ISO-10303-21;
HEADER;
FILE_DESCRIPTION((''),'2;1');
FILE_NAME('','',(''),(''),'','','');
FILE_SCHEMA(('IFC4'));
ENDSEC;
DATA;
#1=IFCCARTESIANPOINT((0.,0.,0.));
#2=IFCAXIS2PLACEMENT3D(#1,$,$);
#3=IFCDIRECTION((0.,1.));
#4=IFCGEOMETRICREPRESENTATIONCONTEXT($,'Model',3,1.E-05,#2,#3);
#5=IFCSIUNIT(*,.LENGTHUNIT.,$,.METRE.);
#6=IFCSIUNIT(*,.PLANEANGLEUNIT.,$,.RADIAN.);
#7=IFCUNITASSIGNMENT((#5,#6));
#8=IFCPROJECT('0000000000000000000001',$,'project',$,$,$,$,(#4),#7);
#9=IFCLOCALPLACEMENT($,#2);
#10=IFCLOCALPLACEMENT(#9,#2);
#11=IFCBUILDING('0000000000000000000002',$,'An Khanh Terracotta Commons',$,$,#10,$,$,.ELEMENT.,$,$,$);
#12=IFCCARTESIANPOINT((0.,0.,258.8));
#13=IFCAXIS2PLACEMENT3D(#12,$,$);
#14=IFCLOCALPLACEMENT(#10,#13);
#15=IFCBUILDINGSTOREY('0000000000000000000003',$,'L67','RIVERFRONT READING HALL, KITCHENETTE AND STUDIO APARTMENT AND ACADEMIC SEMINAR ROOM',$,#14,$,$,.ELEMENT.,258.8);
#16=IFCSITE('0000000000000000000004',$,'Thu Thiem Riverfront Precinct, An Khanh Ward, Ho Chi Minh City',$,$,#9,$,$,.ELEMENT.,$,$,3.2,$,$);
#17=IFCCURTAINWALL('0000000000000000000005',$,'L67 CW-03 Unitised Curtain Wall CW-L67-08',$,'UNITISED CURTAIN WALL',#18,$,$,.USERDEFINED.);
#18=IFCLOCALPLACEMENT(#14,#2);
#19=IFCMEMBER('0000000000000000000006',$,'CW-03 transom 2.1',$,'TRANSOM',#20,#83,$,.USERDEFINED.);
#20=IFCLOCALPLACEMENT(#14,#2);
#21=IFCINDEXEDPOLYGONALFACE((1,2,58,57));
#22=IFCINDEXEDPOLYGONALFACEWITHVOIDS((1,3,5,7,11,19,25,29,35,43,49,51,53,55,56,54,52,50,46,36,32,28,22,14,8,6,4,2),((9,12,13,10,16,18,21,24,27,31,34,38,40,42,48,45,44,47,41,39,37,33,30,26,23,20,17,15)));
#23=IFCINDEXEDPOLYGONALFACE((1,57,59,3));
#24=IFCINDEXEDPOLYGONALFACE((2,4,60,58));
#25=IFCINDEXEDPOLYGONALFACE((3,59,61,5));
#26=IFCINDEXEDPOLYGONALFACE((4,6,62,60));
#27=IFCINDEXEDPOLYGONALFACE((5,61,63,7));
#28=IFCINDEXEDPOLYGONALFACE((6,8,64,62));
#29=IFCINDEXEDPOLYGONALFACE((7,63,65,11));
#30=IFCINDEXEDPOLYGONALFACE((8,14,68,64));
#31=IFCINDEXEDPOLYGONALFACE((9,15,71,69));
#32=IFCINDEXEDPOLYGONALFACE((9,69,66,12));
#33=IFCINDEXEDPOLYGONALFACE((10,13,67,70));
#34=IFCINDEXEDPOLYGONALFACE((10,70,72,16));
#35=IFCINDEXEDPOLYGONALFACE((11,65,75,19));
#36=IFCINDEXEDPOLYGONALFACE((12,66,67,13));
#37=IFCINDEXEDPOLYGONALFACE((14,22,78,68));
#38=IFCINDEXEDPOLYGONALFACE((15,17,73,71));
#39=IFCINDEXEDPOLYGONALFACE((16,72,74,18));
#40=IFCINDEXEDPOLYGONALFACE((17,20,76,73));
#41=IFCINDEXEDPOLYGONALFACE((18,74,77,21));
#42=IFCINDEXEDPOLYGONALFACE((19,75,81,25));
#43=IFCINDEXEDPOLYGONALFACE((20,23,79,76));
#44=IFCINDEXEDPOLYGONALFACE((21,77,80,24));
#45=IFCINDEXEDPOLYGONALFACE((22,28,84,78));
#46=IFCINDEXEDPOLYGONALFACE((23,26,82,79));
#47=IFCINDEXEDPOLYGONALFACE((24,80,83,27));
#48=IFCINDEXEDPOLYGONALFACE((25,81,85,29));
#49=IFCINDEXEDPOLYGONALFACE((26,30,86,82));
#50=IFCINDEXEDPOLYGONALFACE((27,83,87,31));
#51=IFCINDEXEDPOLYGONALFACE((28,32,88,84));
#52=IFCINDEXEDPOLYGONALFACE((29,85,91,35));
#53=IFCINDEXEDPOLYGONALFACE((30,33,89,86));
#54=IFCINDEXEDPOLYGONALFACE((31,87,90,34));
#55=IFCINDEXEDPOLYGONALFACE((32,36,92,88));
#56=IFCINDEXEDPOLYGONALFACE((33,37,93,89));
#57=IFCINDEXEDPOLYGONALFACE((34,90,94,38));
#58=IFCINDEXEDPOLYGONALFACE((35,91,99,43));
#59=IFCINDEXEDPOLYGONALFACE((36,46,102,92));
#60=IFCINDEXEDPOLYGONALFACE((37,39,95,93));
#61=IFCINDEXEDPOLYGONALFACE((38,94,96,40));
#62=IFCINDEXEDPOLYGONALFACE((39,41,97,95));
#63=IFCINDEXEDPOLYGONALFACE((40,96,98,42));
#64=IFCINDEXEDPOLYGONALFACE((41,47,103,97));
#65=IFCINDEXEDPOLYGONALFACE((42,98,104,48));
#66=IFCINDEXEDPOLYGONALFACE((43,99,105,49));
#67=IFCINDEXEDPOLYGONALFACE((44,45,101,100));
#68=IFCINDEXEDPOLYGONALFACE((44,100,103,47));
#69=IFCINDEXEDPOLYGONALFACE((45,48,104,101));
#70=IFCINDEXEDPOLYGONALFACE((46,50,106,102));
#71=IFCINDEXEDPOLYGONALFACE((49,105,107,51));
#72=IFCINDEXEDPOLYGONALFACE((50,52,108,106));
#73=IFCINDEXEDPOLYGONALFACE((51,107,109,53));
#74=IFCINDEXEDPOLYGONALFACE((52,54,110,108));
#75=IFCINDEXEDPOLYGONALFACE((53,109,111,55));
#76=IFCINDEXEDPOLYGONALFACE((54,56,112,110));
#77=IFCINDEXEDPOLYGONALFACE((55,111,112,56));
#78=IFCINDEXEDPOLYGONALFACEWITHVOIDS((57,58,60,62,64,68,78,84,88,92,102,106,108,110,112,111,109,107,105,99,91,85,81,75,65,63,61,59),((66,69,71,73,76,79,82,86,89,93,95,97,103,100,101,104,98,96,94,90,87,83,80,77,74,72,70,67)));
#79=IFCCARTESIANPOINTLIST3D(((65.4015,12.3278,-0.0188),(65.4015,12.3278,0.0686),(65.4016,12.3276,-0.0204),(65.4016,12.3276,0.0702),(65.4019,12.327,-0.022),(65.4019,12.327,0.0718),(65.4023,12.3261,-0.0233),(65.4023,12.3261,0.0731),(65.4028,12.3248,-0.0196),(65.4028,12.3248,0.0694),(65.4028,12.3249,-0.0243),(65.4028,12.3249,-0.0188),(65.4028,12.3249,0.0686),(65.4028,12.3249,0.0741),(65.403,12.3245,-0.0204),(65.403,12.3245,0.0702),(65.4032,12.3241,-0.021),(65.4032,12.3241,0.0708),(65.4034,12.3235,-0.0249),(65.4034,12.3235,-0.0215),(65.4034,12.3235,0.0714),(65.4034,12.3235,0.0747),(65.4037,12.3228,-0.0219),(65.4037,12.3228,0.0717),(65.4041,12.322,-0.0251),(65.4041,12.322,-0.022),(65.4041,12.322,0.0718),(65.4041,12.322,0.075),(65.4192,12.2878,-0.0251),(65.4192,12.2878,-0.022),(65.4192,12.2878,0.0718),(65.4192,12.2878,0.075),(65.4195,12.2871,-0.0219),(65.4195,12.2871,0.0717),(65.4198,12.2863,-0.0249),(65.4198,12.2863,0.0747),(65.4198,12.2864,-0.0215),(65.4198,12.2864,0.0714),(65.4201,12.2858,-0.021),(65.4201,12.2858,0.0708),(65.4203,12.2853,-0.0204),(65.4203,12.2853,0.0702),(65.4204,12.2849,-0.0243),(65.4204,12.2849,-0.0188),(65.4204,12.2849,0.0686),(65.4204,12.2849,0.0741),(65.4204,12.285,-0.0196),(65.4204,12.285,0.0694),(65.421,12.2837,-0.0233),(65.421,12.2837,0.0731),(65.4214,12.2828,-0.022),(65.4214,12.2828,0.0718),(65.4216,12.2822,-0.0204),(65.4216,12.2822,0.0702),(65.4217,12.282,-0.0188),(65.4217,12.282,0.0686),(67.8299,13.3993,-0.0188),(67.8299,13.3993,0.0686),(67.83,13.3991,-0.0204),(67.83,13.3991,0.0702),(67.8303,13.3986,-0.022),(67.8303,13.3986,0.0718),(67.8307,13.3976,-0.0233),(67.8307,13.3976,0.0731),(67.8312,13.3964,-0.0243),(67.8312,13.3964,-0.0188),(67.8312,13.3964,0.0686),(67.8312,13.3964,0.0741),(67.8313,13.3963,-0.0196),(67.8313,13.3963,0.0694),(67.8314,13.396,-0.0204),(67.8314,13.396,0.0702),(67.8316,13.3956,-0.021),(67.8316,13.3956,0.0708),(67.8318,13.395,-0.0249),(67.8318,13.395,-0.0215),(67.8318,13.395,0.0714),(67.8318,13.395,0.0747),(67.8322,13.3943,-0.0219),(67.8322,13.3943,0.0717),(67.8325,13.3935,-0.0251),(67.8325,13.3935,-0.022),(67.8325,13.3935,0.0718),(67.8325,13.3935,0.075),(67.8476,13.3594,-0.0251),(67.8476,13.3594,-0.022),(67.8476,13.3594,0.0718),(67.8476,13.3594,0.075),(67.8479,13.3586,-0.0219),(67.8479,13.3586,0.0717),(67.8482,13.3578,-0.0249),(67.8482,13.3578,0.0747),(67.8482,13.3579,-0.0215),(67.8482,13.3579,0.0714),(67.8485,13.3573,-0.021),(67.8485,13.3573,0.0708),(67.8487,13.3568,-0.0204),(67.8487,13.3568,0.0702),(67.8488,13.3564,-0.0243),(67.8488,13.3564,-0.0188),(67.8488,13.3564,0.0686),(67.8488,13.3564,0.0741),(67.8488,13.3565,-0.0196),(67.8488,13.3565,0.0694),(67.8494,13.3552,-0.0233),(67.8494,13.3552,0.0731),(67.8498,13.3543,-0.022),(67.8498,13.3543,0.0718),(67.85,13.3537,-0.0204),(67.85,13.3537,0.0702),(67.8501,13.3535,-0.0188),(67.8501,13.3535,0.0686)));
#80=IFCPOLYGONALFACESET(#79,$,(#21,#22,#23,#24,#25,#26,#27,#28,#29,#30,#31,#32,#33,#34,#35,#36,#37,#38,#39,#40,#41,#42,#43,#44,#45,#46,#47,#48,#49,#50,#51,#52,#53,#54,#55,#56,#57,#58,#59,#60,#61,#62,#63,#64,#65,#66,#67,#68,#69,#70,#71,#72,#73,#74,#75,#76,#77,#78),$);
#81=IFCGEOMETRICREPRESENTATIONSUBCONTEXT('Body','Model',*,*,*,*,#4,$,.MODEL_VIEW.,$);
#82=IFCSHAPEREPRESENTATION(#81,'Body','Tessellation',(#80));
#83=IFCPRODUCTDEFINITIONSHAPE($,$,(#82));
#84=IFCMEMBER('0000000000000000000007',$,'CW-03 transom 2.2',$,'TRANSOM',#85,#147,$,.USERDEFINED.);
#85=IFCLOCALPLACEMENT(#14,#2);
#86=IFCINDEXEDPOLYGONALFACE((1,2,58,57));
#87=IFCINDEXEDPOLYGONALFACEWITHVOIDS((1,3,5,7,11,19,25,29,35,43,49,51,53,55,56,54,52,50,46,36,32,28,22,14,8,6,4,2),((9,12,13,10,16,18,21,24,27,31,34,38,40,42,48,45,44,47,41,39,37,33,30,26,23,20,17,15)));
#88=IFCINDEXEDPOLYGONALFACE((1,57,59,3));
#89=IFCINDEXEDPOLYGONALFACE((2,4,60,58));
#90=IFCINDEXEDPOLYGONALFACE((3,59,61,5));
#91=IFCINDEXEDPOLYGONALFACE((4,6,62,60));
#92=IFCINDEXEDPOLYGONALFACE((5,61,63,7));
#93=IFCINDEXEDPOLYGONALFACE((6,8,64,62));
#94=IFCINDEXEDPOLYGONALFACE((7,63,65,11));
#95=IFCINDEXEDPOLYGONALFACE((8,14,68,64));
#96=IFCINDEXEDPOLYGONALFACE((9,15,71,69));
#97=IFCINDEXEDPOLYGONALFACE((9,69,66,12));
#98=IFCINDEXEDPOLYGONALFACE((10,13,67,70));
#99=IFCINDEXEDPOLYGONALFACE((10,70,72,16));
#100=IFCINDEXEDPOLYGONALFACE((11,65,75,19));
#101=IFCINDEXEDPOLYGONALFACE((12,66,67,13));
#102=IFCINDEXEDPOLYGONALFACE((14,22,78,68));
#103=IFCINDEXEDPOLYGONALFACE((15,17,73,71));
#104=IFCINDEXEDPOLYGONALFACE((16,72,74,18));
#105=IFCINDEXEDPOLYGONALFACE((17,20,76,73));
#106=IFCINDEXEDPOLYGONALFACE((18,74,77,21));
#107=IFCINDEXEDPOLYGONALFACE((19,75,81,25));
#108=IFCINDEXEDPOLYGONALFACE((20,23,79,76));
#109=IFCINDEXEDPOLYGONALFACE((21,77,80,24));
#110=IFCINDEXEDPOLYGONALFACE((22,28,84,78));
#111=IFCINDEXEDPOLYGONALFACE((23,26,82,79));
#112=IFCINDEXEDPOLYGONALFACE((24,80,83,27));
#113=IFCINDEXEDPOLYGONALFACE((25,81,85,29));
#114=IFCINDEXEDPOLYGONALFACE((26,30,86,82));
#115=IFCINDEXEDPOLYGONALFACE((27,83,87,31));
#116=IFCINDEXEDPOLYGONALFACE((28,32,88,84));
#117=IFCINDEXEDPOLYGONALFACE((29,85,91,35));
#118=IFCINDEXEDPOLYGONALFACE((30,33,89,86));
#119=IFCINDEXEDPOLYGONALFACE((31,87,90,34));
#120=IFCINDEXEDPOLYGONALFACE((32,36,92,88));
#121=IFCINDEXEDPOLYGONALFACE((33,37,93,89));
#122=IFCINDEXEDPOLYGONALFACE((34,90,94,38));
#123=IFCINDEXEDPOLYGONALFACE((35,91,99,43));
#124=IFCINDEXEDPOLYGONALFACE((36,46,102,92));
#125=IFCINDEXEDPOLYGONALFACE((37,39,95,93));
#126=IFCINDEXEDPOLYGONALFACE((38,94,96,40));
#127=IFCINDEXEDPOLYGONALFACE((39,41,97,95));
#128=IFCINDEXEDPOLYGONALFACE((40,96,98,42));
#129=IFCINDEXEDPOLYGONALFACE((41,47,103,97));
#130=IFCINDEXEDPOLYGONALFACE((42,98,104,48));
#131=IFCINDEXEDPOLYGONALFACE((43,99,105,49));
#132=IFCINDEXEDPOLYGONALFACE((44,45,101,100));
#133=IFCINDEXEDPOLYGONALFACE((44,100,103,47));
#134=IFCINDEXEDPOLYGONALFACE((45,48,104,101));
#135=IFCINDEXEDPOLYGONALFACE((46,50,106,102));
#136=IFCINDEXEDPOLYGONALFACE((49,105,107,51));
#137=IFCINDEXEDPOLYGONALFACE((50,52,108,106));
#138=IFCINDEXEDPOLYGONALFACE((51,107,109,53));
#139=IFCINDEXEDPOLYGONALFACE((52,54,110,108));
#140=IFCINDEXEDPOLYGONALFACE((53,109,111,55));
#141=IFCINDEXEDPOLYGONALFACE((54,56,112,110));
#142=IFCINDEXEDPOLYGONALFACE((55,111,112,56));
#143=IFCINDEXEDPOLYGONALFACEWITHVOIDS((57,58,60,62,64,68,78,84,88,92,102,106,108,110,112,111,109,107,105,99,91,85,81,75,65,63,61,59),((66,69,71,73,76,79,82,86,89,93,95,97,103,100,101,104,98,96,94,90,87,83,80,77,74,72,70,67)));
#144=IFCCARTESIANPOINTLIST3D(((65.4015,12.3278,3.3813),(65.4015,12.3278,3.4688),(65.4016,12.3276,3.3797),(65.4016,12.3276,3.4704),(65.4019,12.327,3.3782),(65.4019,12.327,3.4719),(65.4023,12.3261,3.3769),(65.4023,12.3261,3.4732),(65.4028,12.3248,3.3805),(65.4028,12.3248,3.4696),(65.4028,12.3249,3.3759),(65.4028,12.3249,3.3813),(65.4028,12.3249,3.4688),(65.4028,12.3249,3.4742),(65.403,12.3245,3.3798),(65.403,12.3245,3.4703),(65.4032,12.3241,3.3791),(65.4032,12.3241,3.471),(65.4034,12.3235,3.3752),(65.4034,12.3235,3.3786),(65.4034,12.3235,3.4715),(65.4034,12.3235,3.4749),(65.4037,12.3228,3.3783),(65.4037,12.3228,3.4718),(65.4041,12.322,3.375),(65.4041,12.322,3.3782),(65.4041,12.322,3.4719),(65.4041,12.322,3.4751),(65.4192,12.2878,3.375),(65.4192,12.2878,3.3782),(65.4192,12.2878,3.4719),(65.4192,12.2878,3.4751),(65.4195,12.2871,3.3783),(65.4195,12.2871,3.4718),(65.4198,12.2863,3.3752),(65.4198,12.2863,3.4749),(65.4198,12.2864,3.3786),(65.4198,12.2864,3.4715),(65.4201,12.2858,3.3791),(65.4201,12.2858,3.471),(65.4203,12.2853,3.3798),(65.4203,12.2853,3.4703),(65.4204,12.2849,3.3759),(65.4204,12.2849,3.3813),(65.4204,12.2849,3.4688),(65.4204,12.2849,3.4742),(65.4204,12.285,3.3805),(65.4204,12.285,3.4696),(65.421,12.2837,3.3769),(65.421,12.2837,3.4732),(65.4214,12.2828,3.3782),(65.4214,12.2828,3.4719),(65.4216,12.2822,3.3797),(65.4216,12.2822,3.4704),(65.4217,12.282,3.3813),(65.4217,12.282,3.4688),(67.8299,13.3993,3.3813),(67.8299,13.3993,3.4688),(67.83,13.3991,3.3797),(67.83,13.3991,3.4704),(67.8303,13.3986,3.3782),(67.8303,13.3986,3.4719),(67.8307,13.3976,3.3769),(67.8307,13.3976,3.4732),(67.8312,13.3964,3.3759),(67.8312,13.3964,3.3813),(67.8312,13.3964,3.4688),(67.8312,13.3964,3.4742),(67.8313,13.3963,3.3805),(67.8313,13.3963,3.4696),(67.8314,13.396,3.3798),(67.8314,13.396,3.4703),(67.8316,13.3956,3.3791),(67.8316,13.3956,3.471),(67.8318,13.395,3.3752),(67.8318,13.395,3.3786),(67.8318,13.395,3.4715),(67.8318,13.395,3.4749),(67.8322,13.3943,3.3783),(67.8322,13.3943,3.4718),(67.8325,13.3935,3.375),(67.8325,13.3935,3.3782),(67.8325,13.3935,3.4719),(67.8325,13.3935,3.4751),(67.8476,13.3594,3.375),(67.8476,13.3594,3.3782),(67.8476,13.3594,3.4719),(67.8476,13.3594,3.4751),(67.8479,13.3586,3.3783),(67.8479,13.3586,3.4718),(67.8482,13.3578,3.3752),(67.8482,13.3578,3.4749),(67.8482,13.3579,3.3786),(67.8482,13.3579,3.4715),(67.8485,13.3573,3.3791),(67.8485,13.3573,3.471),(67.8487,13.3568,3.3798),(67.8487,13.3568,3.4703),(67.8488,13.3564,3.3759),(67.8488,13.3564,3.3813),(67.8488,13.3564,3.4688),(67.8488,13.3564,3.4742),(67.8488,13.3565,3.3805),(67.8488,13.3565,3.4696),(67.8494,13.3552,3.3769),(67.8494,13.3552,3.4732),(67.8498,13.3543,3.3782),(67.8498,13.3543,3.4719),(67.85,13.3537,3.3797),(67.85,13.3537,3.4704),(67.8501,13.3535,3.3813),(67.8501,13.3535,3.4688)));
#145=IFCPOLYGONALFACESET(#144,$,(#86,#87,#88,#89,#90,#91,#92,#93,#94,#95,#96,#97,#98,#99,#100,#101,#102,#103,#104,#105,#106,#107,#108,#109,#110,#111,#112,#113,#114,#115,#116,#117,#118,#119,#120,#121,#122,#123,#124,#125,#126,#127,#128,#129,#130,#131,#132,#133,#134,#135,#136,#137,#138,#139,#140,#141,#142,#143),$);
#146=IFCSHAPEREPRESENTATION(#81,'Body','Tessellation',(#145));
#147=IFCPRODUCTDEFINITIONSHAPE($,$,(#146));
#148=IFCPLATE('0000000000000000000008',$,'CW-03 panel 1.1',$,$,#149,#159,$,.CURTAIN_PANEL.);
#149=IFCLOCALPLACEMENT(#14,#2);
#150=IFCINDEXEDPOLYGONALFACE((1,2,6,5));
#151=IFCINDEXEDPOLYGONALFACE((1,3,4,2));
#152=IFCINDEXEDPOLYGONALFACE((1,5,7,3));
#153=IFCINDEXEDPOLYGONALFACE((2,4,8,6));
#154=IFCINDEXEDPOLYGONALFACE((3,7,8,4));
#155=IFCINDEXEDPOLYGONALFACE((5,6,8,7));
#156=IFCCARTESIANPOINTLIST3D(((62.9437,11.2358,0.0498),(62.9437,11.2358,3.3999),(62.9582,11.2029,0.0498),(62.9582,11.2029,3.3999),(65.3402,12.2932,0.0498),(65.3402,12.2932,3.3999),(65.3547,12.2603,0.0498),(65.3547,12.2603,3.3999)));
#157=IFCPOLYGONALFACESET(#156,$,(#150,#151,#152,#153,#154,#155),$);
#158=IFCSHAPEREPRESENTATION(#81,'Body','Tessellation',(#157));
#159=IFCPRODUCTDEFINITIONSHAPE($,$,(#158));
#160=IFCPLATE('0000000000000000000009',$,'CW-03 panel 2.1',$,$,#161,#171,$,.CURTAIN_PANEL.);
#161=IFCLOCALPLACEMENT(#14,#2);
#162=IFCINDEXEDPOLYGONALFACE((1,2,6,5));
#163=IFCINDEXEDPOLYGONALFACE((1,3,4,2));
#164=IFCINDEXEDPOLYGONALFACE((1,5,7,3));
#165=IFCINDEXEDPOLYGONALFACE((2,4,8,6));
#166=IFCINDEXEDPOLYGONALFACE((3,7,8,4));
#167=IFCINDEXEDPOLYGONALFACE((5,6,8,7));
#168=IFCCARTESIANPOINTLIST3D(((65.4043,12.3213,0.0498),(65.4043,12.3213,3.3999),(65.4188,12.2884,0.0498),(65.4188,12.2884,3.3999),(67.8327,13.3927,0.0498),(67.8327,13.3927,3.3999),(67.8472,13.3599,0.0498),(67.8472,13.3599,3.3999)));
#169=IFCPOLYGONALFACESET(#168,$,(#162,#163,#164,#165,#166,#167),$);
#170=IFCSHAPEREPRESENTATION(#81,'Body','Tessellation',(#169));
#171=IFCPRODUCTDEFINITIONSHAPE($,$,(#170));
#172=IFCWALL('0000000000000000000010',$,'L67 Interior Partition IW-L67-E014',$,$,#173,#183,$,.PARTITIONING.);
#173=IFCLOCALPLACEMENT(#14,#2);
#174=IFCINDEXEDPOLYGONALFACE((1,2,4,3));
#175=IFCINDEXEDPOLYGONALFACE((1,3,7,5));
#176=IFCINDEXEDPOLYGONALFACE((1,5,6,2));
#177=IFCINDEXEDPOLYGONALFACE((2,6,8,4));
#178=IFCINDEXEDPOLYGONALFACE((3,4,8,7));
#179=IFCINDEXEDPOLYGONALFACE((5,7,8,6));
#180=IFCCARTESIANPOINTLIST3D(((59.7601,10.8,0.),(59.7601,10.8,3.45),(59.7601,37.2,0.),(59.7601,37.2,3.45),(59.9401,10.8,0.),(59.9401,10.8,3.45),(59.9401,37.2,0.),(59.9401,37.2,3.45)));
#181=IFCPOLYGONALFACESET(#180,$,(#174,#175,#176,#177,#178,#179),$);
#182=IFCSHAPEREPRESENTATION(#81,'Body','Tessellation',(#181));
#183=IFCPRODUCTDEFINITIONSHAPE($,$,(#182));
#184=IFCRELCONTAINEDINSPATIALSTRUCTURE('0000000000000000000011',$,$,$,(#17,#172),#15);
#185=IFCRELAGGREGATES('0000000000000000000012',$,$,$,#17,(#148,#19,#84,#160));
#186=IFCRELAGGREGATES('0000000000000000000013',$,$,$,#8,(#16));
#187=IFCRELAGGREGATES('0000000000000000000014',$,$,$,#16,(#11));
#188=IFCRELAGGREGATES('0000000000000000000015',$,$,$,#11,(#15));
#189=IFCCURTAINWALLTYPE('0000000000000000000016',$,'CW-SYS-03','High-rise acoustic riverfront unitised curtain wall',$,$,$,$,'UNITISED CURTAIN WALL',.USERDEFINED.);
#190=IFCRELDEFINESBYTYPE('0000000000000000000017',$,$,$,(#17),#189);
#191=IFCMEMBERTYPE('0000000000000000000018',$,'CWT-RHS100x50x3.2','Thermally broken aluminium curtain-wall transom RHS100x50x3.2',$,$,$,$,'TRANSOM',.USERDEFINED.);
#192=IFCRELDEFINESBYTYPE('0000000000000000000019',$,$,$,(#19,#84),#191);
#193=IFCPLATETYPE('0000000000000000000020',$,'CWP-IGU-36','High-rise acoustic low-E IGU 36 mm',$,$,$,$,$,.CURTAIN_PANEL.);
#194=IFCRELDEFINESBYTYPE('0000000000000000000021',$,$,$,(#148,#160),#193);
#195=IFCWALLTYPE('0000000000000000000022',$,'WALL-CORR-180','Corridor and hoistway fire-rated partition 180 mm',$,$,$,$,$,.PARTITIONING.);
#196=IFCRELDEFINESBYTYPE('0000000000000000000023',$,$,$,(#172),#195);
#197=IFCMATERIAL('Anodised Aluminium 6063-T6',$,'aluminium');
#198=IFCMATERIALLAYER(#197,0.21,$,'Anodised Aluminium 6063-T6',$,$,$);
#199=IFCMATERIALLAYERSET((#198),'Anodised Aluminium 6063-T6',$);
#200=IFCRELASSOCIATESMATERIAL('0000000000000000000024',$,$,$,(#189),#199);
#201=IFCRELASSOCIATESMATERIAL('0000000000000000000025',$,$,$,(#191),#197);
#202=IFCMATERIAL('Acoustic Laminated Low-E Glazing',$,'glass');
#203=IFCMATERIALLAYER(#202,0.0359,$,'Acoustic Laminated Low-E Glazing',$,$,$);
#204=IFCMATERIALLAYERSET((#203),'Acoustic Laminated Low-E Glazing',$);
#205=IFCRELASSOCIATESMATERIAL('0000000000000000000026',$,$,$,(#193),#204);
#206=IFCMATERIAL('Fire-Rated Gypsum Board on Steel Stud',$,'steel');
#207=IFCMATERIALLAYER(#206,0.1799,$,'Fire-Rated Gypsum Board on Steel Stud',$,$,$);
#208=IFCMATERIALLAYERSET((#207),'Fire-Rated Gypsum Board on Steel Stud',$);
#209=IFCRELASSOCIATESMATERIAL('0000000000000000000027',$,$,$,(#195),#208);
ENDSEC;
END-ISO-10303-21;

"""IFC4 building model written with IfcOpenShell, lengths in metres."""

from ifc_helpers import new_model, si_unit, direction, frame, frame_2d, origin, origin_2d, place, context, subcontext, project, spatial, rectangle, hollow_rectangle, extrude, material, layer, layer_set, material_profile, profile_set, type_object, element, aggregate, save


model = new_model("IFC4")

# Units and contexts
model_context = context("Model", 3, precision=1e-05, world=origin(), true_north=direction((0.0, 1.0)))
body_context = subcontext(model_context, "Body", "Model", "MODEL_VIEW")
ifc_project = project(units=[si_unit("LENGTHUNIT", "METRE"), si_unit("PLANEANGLEUNIT", "RADIAN")], contexts=[model_context])

# Site, building, storey
site_placement = place(None, origin())
site = spatial("IfcSite", under=ifc_project, at=site_placement, Name="Thu Thiem Riverfront Precinct, An Khanh Ward, Ho Chi Minh City", CompositionType="ELEMENT", RefElevation=3.2)
building_placement = place(site_placement, origin())
building = spatial("IfcBuilding", under=site, at=building_placement, Name="An Khanh Terracotta Commons", CompositionType="ELEMENT")
storey_placement = place(building_placement, frame((0.0, 0.0, 258.8)))
storey = spatial("IfcBuildingStorey", under=building, at=storey_placement, Name="L67", Description="RIVERFRONT READING HALL, KITCHENETTE AND STUDIO APARTMENT AND ACADEMIC SEMINAR ROOM", CompositionType="ELEMENT", Elevation=258.8)

# Curtain wall, members, plates
ifc_material_1 = material(Name="Anodised Aluminium 6063-T6", Category="aluminium")
ifc_layer_1 = layer(ifc_material_1, 0.21, Name="Anodised Aluminium 6063-T6")
ifc_layer_set_1 = layer_set([ifc_layer_1], Name="Anodised Aluminium 6063-T6")
curtain_wall_type = type_object("IfcCurtainWallType", Name="CW-SYS-03", Description="High-rise acoustic riverfront unitised curtain wall", ElementType="UNITISED CURTAIN WALL", PredefinedType="USERDEFINED", material=ifc_layer_set_1)
curtain_wall_placement = place(storey_placement, origin())
curtain_wall = element("IfcCurtainWall", 1, at=curtain_wall_placement, inside=storey, type_object=curtain_wall_type, Name="L67 CW-03 Unitised Curtain Wall CW-L67-08", ObjectType="UNITISED CURTAIN WALL", PredefinedType="USERDEFINED")
ifc_material_profile_1 = material_profile(ifc_material_1, hollow_rectangle(XDim=0.05, YDim=0.1001, WallThickness=0.0032, InnerFilletRadius=0.0032, OuterFilletRadius=0.0063, at=origin_2d()), Name="RHS100x50x3.2")
ifc_profile_set_1 = profile_set([ifc_material_profile_1], Name="Anodised Aluminium 6063-T6")
member_type_1 = type_object("IfcMemberType", Name="CWT-RHS100x50x3.2", Description="Thermally broken aluminium curtain-wall transom RHS100x50x3.2", ElementType="TRANSOM", PredefinedType="USERDEFINED", material=ifc_profile_set_1)
member_1_placement = place(storey_placement, frame((65.4116, 12.3049, 0.0249), z_axis=(0.914897, 0.403688, 0.0), x_axis=(-0.403688, 0.914897, 0.0)))
member_1 = element("IfcMember", 2, at=member_1_placement, type_object=member_type_1, Name="CW-03 transom 2.1", ObjectType="TRANSOM", PredefinedType="USERDEFINED", context=body_context, shape_type="SweptSolid", body=[
    extrude(hollow_rectangle(XDim=0.05, YDim=0.1001, WallThickness=0.0032, InnerFilletRadius=0.0032, OuterFilletRadius=0.0063, at=origin_2d()), origin(), (0.0, 0.0, 1.0), 2.6543),
])
member_2_placement = place(storey_placement, frame((65.4116, 12.3049, 3.425), z_axis=(0.914897, 0.403688, 0.0), x_axis=(-0.403688, 0.914897, 0.0)))
member_2 = element("IfcMember", 3, at=member_2_placement, type_object=member_type_1, Name="CW-03 transom 2.2", ObjectType="TRANSOM", PredefinedType="USERDEFINED", context=body_context, shape_type="SweptSolid", body=[
    extrude(hollow_rectangle(XDim=0.05, YDim=0.1001, WallThickness=0.0032, InnerFilletRadius=0.0032, OuterFilletRadius=0.0063, at=origin_2d()), origin(), (0.0, 0.0, 1.0), 2.6543),
])
ifc_material_2 = material(Name="Acoustic Laminated Low-E Glazing", Category="glass")
ifc_layer_2 = layer(ifc_material_2, 0.0359, Name="Acoustic Laminated Low-E Glazing")
ifc_layer_set_2 = layer_set([ifc_layer_2], Name="Acoustic Laminated Low-E Glazing")
plate_type = type_object("IfcPlateType", Name="CWP-IGU-36", Description="High-rise acoustic low-E IGU 36 mm", PredefinedType="CURTAIN_PANEL", material=ifc_layer_set_2)
plate_1_placement = place(storey_placement, frame((64.1492, 11.748, 0.0498), z_axis=(0.0, 0.0, 1.0), x_axis=(0.914902, 0.403676, 0.0)))
plate_1 = element("IfcPlate", 4, at=plate_1_placement, type_object=plate_type, Name="CW-03 panel 1.1", PredefinedType="CURTAIN_PANEL", context=body_context, shape_type="SweptSolid", body=[
    extrude(rectangle(XDim=2.6194, YDim=0.0359, at=origin_2d()), origin(), (0.0, 0.0, 1.0), 3.3501),
])
plate_2_placement = place(storey_placement, frame((66.6257, 12.8406, 0.0498), z_axis=(0.0, 0.0, 1.0), x_axis=(0.914902, 0.403676, 0.0)))
plate_2 = element("IfcPlate", 5, at=plate_2_placement, type_object=plate_type, Name="CW-03 panel 2.1", PredefinedType="CURTAIN_PANEL", context=body_context, shape_type="SweptSolid", body=[
    extrude(rectangle(XDim=2.6543, YDim=0.0359, at=origin_2d()), origin(), (0.0, 0.0, 1.0), 3.3501),
])
aggregate(curtain_wall, [plate_1, member_1, member_2, plate_2])

# Wall
ifc_material_3 = material(Name="Fire-Rated Gypsum Board on Steel Stud", Category="steel")
ifc_layer_3 = layer(ifc_material_3, 0.1799, Name="Fire-Rated Gypsum Board on Steel Stud")
ifc_layer_set_3 = layer_set([ifc_layer_3], Name="Fire-Rated Gypsum Board on Steel Stud")
wall_type_1 = type_object("IfcWallType", Name="WALL-CORR-180", Description="Corridor and hoistway fire-rated partition 180 mm", PredefinedType="PARTITIONING", material=ifc_layer_set_3)
wall_1_placement = place(storey_placement, frame((59.8501, 10.8, 0.0), z_axis=(0.0, 0.0, 1.0), x_axis=(0.0, 1.0, 0.0)))
element("IfcWall", 6, at=wall_1_placement, inside=storey, type_object=wall_type_1, Name="L67 Interior Partition IW-L67-E014", PredefinedType="PARTITIONING", context=body_context, shape_type="SweptSolid", body=[
    extrude(rectangle(XDim=26.3999, YDim=0.1799, at=frame_2d((13.2, 0.0))), origin(), (0.0, 0.0, 1.0), 3.45),
])

save(model, "model.ifc")
